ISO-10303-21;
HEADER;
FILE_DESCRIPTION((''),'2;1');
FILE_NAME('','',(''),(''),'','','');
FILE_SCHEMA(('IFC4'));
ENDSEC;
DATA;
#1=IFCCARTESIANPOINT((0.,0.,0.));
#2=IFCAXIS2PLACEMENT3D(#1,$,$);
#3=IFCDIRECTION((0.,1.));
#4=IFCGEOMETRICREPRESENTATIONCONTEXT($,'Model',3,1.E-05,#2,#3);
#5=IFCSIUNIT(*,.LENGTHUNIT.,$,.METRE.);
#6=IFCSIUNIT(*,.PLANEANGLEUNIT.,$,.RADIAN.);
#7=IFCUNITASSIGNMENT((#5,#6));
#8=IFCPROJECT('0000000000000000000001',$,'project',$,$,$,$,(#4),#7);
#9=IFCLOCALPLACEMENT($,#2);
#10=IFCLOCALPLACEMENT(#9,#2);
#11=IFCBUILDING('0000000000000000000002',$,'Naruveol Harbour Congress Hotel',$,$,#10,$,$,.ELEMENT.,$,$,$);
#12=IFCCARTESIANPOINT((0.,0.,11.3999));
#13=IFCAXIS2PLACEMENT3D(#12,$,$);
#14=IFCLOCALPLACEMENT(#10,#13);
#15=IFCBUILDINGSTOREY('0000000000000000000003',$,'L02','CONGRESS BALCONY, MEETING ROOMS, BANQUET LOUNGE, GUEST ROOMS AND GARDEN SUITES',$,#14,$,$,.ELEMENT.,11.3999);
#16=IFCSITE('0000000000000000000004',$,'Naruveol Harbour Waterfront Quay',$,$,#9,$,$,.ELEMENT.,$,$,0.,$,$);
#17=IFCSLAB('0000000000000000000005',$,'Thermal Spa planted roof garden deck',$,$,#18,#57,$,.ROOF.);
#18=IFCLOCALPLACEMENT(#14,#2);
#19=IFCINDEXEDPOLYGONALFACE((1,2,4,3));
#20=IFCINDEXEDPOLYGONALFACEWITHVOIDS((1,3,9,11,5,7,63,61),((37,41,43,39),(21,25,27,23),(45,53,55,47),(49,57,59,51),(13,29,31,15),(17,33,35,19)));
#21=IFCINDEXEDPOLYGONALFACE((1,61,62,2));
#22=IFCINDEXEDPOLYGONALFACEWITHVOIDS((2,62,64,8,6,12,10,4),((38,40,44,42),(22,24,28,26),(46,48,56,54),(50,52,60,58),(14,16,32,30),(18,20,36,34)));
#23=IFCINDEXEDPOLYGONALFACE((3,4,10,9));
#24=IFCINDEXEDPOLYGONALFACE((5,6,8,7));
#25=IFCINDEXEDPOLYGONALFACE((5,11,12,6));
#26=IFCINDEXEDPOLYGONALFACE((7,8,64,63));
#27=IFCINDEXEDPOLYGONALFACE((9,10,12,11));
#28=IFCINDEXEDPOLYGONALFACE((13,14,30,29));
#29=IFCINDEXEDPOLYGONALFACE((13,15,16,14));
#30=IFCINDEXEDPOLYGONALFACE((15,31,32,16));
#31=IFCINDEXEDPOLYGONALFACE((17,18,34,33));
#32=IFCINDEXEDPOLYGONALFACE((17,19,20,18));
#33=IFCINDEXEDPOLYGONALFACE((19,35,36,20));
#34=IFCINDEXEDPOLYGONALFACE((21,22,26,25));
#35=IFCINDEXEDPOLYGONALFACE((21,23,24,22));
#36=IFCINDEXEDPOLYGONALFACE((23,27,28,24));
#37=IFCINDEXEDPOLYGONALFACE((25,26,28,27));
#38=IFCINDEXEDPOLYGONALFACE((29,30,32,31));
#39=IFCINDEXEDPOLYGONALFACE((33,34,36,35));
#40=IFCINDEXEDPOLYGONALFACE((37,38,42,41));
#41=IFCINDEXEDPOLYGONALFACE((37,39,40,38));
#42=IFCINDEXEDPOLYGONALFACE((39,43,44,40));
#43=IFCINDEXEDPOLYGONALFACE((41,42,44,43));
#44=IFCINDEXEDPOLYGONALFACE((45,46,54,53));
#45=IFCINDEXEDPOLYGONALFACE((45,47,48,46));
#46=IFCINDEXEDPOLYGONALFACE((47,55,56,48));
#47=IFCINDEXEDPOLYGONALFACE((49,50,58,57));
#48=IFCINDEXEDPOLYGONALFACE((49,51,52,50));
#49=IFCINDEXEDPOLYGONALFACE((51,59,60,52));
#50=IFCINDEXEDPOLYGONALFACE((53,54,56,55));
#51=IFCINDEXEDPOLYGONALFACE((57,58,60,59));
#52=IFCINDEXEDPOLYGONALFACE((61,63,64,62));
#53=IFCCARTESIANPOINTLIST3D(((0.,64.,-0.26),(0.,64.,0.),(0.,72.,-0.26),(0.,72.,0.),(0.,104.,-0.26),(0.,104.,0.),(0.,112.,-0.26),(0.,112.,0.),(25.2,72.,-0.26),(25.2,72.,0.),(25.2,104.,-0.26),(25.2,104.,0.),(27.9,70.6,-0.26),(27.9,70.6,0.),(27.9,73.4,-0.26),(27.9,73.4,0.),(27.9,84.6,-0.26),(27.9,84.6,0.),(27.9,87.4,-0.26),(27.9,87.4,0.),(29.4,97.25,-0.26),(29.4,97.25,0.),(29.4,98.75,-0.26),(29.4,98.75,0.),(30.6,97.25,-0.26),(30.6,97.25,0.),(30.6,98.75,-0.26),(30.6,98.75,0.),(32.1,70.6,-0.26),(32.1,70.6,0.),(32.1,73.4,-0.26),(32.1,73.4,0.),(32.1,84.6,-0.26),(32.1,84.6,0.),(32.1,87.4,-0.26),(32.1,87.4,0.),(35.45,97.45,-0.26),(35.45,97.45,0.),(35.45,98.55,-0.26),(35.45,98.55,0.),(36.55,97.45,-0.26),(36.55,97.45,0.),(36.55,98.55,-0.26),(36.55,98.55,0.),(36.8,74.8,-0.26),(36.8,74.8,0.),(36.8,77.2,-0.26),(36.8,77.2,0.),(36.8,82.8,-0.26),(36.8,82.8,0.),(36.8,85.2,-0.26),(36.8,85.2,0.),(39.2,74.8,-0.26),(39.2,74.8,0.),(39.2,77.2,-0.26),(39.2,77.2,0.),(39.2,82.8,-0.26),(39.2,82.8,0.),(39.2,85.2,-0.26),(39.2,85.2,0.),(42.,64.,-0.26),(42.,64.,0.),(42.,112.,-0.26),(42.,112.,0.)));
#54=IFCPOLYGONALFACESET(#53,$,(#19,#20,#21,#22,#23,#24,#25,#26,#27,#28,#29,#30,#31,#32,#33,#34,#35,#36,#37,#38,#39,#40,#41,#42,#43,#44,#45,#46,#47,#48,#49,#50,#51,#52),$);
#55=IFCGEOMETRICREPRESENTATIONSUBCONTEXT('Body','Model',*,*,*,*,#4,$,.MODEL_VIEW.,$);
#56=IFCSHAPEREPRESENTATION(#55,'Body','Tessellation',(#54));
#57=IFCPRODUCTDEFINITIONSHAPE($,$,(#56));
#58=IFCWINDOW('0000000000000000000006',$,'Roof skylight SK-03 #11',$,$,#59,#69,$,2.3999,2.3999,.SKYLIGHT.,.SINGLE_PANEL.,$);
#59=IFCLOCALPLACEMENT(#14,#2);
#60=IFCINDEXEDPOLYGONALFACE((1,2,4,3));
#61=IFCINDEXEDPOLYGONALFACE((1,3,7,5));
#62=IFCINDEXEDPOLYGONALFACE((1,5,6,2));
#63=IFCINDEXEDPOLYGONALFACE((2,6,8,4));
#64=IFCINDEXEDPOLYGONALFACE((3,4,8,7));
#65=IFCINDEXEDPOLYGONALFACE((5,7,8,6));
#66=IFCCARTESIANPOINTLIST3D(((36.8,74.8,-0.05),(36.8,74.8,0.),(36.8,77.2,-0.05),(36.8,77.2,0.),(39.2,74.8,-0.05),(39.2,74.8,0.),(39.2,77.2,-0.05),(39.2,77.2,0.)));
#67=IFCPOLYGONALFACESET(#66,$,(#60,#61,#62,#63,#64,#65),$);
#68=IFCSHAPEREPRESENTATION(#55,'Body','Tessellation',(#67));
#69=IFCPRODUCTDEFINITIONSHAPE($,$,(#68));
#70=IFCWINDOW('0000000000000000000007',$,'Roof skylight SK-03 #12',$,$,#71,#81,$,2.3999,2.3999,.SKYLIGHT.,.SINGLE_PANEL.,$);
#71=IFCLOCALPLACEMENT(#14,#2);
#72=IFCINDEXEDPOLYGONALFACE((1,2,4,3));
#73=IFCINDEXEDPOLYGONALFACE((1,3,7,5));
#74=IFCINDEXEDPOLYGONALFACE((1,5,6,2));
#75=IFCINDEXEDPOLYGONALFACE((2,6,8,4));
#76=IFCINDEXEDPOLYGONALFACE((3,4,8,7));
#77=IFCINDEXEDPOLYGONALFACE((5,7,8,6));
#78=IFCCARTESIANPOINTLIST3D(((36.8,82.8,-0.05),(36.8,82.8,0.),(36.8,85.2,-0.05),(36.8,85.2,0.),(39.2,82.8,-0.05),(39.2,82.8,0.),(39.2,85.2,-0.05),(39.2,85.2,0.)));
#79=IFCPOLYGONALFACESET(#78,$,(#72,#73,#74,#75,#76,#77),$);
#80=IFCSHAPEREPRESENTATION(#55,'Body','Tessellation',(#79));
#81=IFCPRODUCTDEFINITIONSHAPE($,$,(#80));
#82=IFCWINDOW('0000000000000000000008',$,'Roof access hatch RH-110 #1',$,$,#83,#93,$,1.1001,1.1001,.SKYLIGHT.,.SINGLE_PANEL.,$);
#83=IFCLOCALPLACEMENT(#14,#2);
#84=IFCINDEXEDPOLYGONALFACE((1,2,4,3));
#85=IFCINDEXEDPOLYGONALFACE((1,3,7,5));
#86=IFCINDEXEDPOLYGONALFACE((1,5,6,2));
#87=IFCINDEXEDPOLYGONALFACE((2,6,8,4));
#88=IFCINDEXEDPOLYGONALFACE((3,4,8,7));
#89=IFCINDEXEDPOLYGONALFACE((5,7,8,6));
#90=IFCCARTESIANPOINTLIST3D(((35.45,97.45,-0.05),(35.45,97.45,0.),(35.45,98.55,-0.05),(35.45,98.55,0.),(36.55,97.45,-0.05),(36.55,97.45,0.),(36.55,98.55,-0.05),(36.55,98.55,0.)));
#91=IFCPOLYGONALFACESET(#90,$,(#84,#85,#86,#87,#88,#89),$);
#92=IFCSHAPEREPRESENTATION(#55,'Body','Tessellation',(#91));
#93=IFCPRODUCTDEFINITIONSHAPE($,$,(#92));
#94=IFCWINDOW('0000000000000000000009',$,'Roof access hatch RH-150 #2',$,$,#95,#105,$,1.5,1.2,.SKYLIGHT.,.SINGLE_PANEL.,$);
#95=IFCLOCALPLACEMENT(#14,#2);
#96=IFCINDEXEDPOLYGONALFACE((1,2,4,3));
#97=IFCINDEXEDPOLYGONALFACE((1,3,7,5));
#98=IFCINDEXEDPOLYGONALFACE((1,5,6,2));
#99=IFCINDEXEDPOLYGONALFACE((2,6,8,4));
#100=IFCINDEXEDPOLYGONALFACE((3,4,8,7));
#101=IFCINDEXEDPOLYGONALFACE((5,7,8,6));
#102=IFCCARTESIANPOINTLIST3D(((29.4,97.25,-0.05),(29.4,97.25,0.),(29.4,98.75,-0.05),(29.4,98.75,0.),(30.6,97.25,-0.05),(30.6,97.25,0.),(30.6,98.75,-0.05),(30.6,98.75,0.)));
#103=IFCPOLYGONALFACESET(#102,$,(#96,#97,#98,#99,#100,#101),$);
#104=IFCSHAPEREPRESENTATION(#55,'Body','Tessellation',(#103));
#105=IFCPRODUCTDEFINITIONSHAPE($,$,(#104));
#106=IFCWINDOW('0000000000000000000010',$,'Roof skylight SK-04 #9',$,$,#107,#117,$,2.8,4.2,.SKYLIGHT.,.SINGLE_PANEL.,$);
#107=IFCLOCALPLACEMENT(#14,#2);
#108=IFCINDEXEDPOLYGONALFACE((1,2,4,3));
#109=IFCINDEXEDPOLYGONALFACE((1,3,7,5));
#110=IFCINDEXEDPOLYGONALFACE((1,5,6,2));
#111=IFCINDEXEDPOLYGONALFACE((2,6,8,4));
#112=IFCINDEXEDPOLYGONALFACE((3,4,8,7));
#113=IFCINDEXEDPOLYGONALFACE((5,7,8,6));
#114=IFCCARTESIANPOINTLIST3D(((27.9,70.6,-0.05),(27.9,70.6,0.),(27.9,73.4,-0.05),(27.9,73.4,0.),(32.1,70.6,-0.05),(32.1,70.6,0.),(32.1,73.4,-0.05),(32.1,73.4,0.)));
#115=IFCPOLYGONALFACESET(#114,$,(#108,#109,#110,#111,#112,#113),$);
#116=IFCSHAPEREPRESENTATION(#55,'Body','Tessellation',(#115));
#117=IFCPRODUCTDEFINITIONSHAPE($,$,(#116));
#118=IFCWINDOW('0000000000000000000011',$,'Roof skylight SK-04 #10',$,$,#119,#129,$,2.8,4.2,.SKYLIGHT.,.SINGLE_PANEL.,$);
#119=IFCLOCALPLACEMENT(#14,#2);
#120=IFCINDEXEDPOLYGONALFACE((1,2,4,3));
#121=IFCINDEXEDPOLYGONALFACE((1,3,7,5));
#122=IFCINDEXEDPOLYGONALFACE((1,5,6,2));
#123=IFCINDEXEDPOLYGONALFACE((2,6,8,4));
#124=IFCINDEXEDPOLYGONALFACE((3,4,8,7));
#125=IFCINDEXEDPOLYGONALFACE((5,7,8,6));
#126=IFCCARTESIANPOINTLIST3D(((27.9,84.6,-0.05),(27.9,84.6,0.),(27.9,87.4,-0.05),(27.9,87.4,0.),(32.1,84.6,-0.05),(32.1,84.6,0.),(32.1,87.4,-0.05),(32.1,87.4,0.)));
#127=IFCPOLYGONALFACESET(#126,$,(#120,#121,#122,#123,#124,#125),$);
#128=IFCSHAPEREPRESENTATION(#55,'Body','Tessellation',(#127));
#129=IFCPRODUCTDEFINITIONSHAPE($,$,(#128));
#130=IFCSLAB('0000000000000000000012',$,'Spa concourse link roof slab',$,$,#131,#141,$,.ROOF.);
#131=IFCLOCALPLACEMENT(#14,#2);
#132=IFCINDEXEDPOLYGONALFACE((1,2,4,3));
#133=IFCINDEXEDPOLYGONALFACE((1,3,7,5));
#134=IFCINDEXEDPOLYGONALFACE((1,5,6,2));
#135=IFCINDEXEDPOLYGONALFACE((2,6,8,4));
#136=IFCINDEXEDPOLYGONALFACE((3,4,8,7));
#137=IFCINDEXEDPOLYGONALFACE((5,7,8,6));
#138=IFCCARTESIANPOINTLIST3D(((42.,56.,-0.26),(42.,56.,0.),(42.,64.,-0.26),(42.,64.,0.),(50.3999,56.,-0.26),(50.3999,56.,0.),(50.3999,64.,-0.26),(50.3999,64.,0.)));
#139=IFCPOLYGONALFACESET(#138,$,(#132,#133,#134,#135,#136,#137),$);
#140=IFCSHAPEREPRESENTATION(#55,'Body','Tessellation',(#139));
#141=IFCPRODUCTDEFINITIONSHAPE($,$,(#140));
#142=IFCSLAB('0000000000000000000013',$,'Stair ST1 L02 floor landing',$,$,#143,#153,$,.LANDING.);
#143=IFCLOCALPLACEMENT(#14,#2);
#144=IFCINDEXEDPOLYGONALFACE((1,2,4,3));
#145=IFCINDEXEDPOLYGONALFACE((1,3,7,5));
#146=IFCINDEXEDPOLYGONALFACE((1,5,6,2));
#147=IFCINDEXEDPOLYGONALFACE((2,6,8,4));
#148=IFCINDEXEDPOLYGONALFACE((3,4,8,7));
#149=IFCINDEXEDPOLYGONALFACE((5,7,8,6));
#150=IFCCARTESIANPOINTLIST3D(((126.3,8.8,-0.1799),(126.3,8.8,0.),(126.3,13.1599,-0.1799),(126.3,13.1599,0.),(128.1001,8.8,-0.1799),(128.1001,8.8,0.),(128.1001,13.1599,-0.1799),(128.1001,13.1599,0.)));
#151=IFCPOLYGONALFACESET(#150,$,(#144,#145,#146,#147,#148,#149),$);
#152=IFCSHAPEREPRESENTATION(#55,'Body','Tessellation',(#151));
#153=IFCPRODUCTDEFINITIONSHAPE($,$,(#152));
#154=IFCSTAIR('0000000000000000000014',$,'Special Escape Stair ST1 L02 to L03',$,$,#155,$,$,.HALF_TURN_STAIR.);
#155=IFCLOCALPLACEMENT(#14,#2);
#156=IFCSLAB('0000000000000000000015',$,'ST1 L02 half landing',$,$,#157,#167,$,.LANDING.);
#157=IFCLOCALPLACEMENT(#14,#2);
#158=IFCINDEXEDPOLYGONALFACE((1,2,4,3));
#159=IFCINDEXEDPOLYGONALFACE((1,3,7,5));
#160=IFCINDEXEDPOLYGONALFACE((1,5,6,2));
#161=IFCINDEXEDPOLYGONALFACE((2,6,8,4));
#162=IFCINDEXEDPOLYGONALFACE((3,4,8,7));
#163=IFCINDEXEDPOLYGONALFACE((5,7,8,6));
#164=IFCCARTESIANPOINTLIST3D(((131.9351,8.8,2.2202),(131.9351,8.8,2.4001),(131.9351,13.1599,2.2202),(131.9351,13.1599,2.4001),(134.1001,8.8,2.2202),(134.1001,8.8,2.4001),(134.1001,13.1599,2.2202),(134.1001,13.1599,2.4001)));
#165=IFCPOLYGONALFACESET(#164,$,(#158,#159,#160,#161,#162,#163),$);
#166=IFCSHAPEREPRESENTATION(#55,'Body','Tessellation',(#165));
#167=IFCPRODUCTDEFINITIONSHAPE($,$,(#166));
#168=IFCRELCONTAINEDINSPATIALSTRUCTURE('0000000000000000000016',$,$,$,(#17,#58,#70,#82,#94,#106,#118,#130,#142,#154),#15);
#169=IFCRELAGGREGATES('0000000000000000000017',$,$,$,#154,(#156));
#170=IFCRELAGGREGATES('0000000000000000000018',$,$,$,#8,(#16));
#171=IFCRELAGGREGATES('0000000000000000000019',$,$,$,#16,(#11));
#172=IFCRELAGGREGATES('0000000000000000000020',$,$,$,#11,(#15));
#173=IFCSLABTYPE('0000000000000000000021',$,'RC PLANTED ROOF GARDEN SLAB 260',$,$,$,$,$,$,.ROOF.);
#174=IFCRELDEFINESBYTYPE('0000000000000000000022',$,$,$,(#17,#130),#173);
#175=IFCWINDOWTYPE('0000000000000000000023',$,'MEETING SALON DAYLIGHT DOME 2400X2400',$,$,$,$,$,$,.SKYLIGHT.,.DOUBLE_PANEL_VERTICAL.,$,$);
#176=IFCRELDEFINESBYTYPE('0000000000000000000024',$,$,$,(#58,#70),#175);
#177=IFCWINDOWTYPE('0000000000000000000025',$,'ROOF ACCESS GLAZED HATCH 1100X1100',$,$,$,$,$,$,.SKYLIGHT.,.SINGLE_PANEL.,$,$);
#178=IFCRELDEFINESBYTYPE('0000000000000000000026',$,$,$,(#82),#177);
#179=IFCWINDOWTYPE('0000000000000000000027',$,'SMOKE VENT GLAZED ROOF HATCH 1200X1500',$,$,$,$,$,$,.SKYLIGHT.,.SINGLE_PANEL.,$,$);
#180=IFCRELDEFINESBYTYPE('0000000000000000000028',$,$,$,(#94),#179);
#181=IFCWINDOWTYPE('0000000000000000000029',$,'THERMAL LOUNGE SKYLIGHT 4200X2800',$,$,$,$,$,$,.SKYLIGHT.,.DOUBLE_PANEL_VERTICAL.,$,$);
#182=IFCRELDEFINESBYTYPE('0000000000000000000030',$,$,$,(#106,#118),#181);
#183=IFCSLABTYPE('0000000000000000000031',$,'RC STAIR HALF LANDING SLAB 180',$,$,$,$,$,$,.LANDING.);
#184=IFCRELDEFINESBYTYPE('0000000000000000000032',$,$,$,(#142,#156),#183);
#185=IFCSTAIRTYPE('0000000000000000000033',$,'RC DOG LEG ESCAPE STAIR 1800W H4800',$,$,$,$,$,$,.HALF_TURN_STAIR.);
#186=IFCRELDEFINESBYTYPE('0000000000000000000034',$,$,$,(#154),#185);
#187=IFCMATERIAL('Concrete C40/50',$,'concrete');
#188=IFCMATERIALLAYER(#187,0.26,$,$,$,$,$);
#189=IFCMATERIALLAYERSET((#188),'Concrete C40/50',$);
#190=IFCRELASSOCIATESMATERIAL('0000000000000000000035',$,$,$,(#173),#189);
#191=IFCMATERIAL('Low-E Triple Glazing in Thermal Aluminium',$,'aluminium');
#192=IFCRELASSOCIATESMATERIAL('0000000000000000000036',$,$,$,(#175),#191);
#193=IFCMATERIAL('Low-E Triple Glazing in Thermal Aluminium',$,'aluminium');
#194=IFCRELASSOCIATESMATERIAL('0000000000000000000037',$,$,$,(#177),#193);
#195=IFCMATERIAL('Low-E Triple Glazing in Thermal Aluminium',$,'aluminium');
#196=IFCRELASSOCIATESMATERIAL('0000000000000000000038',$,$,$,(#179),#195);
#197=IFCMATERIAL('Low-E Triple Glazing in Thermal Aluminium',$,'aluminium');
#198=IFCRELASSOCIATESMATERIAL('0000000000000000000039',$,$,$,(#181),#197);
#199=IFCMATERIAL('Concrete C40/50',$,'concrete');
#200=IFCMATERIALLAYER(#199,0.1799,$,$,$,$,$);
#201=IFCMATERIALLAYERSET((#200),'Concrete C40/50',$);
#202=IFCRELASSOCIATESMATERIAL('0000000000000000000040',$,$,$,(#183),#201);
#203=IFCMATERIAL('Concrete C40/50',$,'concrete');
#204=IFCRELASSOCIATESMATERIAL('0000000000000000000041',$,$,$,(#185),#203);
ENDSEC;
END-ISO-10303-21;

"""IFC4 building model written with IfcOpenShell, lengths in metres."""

from ifc_helpers import new_model, si_unit, direction, frame, origin, origin_2d, place, context, subcontext, project, spatial, polyline, rectangle, outline, extrude, material, layer, layer_set, type_object, element, fill, aggregate, save


model = new_model("IFC4")

# Units and contexts
model_context = context("Model", 3, precision=1e-05, world=origin(), true_north=direction((0.0, 1.0)))
body_context = subcontext(model_context, "Body", "Model", "MODEL_VIEW")
ifc_project = project(units=[si_unit("LENGTHUNIT", "METRE"), si_unit("PLANEANGLEUNIT", "RADIAN")], contexts=[model_context])

# Site, building, storey
site_placement = place(None, origin())
site = spatial("IfcSite", under=ifc_project, at=site_placement, Name="Naruveol Harbour Waterfront Quay", CompositionType="ELEMENT", RefElevation=0.0)
building_placement = place(site_placement, origin())
building = spatial("IfcBuilding", under=site, at=building_placement, Name="Naruveol Harbour Congress Hotel", CompositionType="ELEMENT")
storey_placement = place(building_placement, frame((0.0, 0.0, 11.3999)))
storey = spatial("IfcBuildingStorey", under=building, at=storey_placement, Name="L02", Description="CONGRESS BALCONY, MEETING ROOMS, BANQUET LOUNGE, GUEST ROOMS AND GARDEN SUITES", CompositionType="ELEMENT", Elevation=11.3999)

# Slab, openings, windows
ifc_material_1 = material(Name="Concrete C40/50", Category="concrete")
ifc_layer_1 = layer(ifc_material_1, 0.26)
ifc_layer_set_1 = layer_set([ifc_layer_1], Name="Concrete C40/50")
slab_type_1 = type_object("IfcSlabType", Name="RC PLANTED ROOF GARDEN SLAB 260", PredefinedType="ROOF", material=ifc_layer_set_1)
slab_1_placement = place(storey_placement, frame((0.0, 0.0, -0.26)))
slab_1 = element("IfcSlab", 1, at=slab_1_placement, inside=storey, type_object=slab_type_1, Name="Thermal Spa planted roof garden deck", PredefinedType="ROOF", context=body_context, shape_type="SweptSolid", body=[
    extrude(outline(polyline([(0.0, 64.0), (42.0, 64.0), (42.0, 112.0), (0.0, 112.0), (0.0, 104.0), (25.2, 104.0), (25.2, 72.0), (0.0, 72.0), (0.0, 64.0)])), origin(), (0.0, 0.0, 1.0), 0.26),
])
opening_1_placement = place(slab_1_placement, frame((30.0, 72.0, 0.0)))
opening_1 = element("IfcOpeningElement", 2, at=opening_1_placement, cuts=slab_1, PredefinedType="OPENING", context=body_context, shape_type="SweptSolid", body=[
    extrude(rectangle(XDim=4.2, YDim=2.8, at=origin_2d()), origin(), (0.0, 0.0, 1.0), 0.26),
])
opening_2_placement = place(slab_1_placement, frame((30.0, 86.0, 0.0)))
opening_2 = element("IfcOpeningElement", 3, at=opening_2_placement, cuts=slab_1, PredefinedType="OPENING", context=body_context, shape_type="SweptSolid", body=[
    extrude(rectangle(XDim=4.2, YDim=2.8, at=origin_2d()), origin(), (0.0, 0.0, 1.0), 0.26),
])
opening_3_placement = place(slab_1_placement, frame((38.0, 76.0, 0.0)))
opening_3 = element("IfcOpeningElement", 4, at=opening_3_placement, cuts=slab_1, PredefinedType="OPENING", context=body_context, shape_type="SweptSolid", body=[
    extrude(rectangle(XDim=2.3999, YDim=2.3999, at=origin_2d()), origin(), (0.0, 0.0, 1.0), 0.26),
])
opening_4_placement = place(slab_1_placement, frame((38.0, 84.0, 0.0)))
opening_4 = element("IfcOpeningElement", 5, at=opening_4_placement, cuts=slab_1, PredefinedType="OPENING", context=body_context, shape_type="SweptSolid", body=[
    extrude(rectangle(XDim=2.3999, YDim=2.3999, at=origin_2d()), origin(), (0.0, 0.0, 1.0), 0.26),
])
opening_5_placement = place(slab_1_placement, frame((36.0, 98.0, 0.0)))
opening_5 = element("IfcOpeningElement", 6, at=opening_5_placement, cuts=slab_1, PredefinedType="OPENING", context=body_context, shape_type="SweptSolid", body=[
    extrude(rectangle(XDim=1.1001, YDim=1.1001, at=origin_2d()), origin(), (0.0, 0.0, 1.0), 0.26),
])
opening_6_placement = place(slab_1_placement, frame((30.0, 98.0, 0.0)))
opening_6 = element("IfcOpeningElement", 7, at=opening_6_placement, cuts=slab_1, PredefinedType="OPENING", context=body_context, shape_type="SweptSolid", body=[
    extrude(rectangle(XDim=1.2, YDim=1.5, at=origin_2d()), origin(), (0.0, 0.0, 1.0), 0.26),
])
ifc_material_2 = material(Name="Low-E Triple Glazing in Thermal Aluminium", Category="aluminium")
window_type_1 = type_object("IfcWindowType", Name="MEETING SALON DAYLIGHT DOME 2400X2400", PartitioningType="DOUBLE_PANEL_VERTICAL", PredefinedType="SKYLIGHT", material=ifc_material_2)
window_1_placement = place(opening_3_placement, frame((0.0, 0.0, 0.21)))
window_1 = element("IfcWindow", 8, at=window_1_placement, inside=storey, type_object=window_type_1, Name="Roof skylight SK-03 #11", OverallHeight=2.3999, OverallWidth=2.3999, PartitioningType="SINGLE_PANEL", PredefinedType="SKYLIGHT", context=body_context, shape_type="SweptSolid", body=[
    extrude(rectangle(XDim=2.3999, YDim=2.3999, at=origin_2d()), origin(), (0.0, 0.0, 1.0), 0.05),
])
fill(opening_3, window_1)
window_2_placement = place(opening_4_placement, frame((0.0, 0.0, 0.21)))
window_2 = element("IfcWindow", 9, at=window_2_placement, inside=storey, type_object=window_type_1, Name="Roof skylight SK-03 #12", OverallHeight=2.3999, OverallWidth=2.3999, PartitioningType="SINGLE_PANEL", PredefinedType="SKYLIGHT", context=body_context, shape_type="SweptSolid", body=[
    extrude(rectangle(XDim=2.3999, YDim=2.3999, at=origin_2d()), origin(), (0.0, 0.0, 1.0), 0.05),
])
fill(opening_4, window_2)
ifc_material_3 = material(Name="Low-E Triple Glazing in Thermal Aluminium", Category="aluminium")
window_type_2 = type_object("IfcWindowType", Name="ROOF ACCESS GLAZED HATCH 1100X1100", PartitioningType="SINGLE_PANEL", PredefinedType="SKYLIGHT", material=ifc_material_3)
window_3_placement = place(opening_5_placement, frame((0.0, 0.0, 0.21)))
window_3 = element("IfcWindow", 10, at=window_3_placement, inside=storey, type_object=window_type_2, Name="Roof access hatch RH-110 #1", OverallHeight=1.1001, OverallWidth=1.1001, PartitioningType="SINGLE_PANEL", PredefinedType="SKYLIGHT", context=body_context, shape_type="SweptSolid", body=[
    extrude(rectangle(XDim=1.1001, YDim=1.1001, at=origin_2d()), origin(), (0.0, 0.0, 1.0), 0.05),
])
fill(opening_5, window_3)
ifc_material_4 = material(Name="Low-E Triple Glazing in Thermal Aluminium", Category="aluminium")
window_type_3 = type_object("IfcWindowType", Name="SMOKE VENT GLAZED ROOF HATCH 1200X1500", PartitioningType="SINGLE_PANEL", PredefinedType="SKYLIGHT", material=ifc_material_4)
window_4_placement = place(opening_6_placement, frame((0.0, 0.0, 0.21)))
window_4 = element("IfcWindow", 11, at=window_4_placement, inside=storey, type_object=window_type_3, Name="Roof access hatch RH-150 #2", OverallHeight=1.5, OverallWidth=1.2, PartitioningType="SINGLE_PANEL", PredefinedType="SKYLIGHT", context=body_context, shape_type="SweptSolid", body=[
    extrude(rectangle(XDim=1.2, YDim=1.5, at=origin_2d()), origin(), (0.0, 0.0, 1.0), 0.05),
])
fill(opening_6, window_4)
ifc_material_5 = material(Name="Low-E Triple Glazing in Thermal Aluminium", Category="aluminium")
window_type_4 = type_object("IfcWindowType", Name="THERMAL LOUNGE SKYLIGHT 4200X2800", PartitioningType="DOUBLE_PANEL_VERTICAL", PredefinedType="SKYLIGHT", material=ifc_material_5)
window_5_placement = place(opening_1_placement, frame((0.0, 0.0, 0.21)))
window_5 = element("IfcWindow", 12, at=window_5_placement, inside=storey, type_object=window_type_4, Name="Roof skylight SK-04 #9", OverallHeight=2.8, OverallWidth=4.2, PartitioningType="SINGLE_PANEL", PredefinedType="SKYLIGHT", context=body_context, shape_type="SweptSolid", body=[
    extrude(rectangle(XDim=4.2, YDim=2.8, at=origin_2d()), origin(), (0.0, 0.0, 1.0), 0.05),
])
fill(opening_1, window_5)
window_6_placement = place(opening_2_placement, frame((0.0, 0.0, 0.21)))
window_6 = element("IfcWindow", 13, at=window_6_placement, inside=storey, type_object=window_type_4, Name="Roof skylight SK-04 #10", OverallHeight=2.8, OverallWidth=4.2, PartitioningType="SINGLE_PANEL", PredefinedType="SKYLIGHT", context=body_context, shape_type="SweptSolid", body=[
    extrude(rectangle(XDim=4.2, YDim=2.8, at=origin_2d()), origin(), (0.0, 0.0, 1.0), 0.05),
])
fill(opening_2, window_6)

# Slabs
slab_2_placement = place(storey_placement, frame((0.0, 0.0, -0.26)))
element("IfcSlab", 14, at=slab_2_placement, inside=storey, type_object=slab_type_1, Name="Spa concourse link roof slab", PredefinedType="ROOF", context=body_context, shape_type="SweptSolid", body=[
    extrude(outline(polyline([(42.0, 56.0), (50.3999, 56.0), (50.3999, 64.0), (42.0, 64.0), (42.0, 56.0)])), origin(), (0.0, 0.0, 1.0), 0.26),
])
ifc_material_6 = material(Name="Concrete C40/50", Category="concrete")
ifc_layer_2 = layer(ifc_material_6, 0.1799)
ifc_layer_set_2 = layer_set([ifc_layer_2], Name="Concrete C40/50")
slab_type_2 = type_object("IfcSlabType", Name="RC STAIR HALF LANDING SLAB 180", PredefinedType="LANDING", material=ifc_layer_set_2)
slab_3_placement = place(storey_placement, frame((0.0, 0.0, -0.1799)))
element("IfcSlab", 15, at=slab_3_placement, inside=storey, type_object=slab_type_2, Name="Stair ST1 L02 floor landing", PredefinedType="LANDING", context=body_context, shape_type="SweptSolid", body=[
    extrude(outline(polyline([(126.3, 8.8), (128.1001, 8.8), (128.1001, 13.1599), (126.3, 13.1599), (126.3, 8.8)])), origin(), (0.0, 0.0, 1.0), 0.1799),
])

# Stair, slab
ifc_material_7 = material(Name="Concrete C40/50", Category="concrete")
stair_type = type_object("IfcStairType", Name="RC DOG LEG ESCAPE STAIR 1800W H4800", PredefinedType="HALF_TURN_STAIR", material=ifc_material_7)
stair_1_placement = place(storey_placement, origin())
stair_1 = element("IfcStair", 16, at=stair_1_placement, inside=storey, type_object=stair_type, Name="Special Escape Stair ST1 L02 to L03", PredefinedType="HALF_TURN_STAIR")
slab_4_placement = place(storey_placement, frame((0.0, 0.0, 2.2202)))
slab_4 = element("IfcSlab", 17, at=slab_4_placement, type_object=slab_type_2, Name="ST1 L02 half landing", PredefinedType="LANDING", context=body_context, shape_type="SweptSolid", body=[
    extrude(outline(polyline([(131.9351, 8.8), (134.1001, 8.8), (134.1001, 13.1599), (131.9351, 13.1599), (131.9351, 8.8)])), origin(), (0.0, 0.0, 1.0), 0.1799),
])
aggregate(stair_1, [slab_4])

save(model, "model.ifc")
